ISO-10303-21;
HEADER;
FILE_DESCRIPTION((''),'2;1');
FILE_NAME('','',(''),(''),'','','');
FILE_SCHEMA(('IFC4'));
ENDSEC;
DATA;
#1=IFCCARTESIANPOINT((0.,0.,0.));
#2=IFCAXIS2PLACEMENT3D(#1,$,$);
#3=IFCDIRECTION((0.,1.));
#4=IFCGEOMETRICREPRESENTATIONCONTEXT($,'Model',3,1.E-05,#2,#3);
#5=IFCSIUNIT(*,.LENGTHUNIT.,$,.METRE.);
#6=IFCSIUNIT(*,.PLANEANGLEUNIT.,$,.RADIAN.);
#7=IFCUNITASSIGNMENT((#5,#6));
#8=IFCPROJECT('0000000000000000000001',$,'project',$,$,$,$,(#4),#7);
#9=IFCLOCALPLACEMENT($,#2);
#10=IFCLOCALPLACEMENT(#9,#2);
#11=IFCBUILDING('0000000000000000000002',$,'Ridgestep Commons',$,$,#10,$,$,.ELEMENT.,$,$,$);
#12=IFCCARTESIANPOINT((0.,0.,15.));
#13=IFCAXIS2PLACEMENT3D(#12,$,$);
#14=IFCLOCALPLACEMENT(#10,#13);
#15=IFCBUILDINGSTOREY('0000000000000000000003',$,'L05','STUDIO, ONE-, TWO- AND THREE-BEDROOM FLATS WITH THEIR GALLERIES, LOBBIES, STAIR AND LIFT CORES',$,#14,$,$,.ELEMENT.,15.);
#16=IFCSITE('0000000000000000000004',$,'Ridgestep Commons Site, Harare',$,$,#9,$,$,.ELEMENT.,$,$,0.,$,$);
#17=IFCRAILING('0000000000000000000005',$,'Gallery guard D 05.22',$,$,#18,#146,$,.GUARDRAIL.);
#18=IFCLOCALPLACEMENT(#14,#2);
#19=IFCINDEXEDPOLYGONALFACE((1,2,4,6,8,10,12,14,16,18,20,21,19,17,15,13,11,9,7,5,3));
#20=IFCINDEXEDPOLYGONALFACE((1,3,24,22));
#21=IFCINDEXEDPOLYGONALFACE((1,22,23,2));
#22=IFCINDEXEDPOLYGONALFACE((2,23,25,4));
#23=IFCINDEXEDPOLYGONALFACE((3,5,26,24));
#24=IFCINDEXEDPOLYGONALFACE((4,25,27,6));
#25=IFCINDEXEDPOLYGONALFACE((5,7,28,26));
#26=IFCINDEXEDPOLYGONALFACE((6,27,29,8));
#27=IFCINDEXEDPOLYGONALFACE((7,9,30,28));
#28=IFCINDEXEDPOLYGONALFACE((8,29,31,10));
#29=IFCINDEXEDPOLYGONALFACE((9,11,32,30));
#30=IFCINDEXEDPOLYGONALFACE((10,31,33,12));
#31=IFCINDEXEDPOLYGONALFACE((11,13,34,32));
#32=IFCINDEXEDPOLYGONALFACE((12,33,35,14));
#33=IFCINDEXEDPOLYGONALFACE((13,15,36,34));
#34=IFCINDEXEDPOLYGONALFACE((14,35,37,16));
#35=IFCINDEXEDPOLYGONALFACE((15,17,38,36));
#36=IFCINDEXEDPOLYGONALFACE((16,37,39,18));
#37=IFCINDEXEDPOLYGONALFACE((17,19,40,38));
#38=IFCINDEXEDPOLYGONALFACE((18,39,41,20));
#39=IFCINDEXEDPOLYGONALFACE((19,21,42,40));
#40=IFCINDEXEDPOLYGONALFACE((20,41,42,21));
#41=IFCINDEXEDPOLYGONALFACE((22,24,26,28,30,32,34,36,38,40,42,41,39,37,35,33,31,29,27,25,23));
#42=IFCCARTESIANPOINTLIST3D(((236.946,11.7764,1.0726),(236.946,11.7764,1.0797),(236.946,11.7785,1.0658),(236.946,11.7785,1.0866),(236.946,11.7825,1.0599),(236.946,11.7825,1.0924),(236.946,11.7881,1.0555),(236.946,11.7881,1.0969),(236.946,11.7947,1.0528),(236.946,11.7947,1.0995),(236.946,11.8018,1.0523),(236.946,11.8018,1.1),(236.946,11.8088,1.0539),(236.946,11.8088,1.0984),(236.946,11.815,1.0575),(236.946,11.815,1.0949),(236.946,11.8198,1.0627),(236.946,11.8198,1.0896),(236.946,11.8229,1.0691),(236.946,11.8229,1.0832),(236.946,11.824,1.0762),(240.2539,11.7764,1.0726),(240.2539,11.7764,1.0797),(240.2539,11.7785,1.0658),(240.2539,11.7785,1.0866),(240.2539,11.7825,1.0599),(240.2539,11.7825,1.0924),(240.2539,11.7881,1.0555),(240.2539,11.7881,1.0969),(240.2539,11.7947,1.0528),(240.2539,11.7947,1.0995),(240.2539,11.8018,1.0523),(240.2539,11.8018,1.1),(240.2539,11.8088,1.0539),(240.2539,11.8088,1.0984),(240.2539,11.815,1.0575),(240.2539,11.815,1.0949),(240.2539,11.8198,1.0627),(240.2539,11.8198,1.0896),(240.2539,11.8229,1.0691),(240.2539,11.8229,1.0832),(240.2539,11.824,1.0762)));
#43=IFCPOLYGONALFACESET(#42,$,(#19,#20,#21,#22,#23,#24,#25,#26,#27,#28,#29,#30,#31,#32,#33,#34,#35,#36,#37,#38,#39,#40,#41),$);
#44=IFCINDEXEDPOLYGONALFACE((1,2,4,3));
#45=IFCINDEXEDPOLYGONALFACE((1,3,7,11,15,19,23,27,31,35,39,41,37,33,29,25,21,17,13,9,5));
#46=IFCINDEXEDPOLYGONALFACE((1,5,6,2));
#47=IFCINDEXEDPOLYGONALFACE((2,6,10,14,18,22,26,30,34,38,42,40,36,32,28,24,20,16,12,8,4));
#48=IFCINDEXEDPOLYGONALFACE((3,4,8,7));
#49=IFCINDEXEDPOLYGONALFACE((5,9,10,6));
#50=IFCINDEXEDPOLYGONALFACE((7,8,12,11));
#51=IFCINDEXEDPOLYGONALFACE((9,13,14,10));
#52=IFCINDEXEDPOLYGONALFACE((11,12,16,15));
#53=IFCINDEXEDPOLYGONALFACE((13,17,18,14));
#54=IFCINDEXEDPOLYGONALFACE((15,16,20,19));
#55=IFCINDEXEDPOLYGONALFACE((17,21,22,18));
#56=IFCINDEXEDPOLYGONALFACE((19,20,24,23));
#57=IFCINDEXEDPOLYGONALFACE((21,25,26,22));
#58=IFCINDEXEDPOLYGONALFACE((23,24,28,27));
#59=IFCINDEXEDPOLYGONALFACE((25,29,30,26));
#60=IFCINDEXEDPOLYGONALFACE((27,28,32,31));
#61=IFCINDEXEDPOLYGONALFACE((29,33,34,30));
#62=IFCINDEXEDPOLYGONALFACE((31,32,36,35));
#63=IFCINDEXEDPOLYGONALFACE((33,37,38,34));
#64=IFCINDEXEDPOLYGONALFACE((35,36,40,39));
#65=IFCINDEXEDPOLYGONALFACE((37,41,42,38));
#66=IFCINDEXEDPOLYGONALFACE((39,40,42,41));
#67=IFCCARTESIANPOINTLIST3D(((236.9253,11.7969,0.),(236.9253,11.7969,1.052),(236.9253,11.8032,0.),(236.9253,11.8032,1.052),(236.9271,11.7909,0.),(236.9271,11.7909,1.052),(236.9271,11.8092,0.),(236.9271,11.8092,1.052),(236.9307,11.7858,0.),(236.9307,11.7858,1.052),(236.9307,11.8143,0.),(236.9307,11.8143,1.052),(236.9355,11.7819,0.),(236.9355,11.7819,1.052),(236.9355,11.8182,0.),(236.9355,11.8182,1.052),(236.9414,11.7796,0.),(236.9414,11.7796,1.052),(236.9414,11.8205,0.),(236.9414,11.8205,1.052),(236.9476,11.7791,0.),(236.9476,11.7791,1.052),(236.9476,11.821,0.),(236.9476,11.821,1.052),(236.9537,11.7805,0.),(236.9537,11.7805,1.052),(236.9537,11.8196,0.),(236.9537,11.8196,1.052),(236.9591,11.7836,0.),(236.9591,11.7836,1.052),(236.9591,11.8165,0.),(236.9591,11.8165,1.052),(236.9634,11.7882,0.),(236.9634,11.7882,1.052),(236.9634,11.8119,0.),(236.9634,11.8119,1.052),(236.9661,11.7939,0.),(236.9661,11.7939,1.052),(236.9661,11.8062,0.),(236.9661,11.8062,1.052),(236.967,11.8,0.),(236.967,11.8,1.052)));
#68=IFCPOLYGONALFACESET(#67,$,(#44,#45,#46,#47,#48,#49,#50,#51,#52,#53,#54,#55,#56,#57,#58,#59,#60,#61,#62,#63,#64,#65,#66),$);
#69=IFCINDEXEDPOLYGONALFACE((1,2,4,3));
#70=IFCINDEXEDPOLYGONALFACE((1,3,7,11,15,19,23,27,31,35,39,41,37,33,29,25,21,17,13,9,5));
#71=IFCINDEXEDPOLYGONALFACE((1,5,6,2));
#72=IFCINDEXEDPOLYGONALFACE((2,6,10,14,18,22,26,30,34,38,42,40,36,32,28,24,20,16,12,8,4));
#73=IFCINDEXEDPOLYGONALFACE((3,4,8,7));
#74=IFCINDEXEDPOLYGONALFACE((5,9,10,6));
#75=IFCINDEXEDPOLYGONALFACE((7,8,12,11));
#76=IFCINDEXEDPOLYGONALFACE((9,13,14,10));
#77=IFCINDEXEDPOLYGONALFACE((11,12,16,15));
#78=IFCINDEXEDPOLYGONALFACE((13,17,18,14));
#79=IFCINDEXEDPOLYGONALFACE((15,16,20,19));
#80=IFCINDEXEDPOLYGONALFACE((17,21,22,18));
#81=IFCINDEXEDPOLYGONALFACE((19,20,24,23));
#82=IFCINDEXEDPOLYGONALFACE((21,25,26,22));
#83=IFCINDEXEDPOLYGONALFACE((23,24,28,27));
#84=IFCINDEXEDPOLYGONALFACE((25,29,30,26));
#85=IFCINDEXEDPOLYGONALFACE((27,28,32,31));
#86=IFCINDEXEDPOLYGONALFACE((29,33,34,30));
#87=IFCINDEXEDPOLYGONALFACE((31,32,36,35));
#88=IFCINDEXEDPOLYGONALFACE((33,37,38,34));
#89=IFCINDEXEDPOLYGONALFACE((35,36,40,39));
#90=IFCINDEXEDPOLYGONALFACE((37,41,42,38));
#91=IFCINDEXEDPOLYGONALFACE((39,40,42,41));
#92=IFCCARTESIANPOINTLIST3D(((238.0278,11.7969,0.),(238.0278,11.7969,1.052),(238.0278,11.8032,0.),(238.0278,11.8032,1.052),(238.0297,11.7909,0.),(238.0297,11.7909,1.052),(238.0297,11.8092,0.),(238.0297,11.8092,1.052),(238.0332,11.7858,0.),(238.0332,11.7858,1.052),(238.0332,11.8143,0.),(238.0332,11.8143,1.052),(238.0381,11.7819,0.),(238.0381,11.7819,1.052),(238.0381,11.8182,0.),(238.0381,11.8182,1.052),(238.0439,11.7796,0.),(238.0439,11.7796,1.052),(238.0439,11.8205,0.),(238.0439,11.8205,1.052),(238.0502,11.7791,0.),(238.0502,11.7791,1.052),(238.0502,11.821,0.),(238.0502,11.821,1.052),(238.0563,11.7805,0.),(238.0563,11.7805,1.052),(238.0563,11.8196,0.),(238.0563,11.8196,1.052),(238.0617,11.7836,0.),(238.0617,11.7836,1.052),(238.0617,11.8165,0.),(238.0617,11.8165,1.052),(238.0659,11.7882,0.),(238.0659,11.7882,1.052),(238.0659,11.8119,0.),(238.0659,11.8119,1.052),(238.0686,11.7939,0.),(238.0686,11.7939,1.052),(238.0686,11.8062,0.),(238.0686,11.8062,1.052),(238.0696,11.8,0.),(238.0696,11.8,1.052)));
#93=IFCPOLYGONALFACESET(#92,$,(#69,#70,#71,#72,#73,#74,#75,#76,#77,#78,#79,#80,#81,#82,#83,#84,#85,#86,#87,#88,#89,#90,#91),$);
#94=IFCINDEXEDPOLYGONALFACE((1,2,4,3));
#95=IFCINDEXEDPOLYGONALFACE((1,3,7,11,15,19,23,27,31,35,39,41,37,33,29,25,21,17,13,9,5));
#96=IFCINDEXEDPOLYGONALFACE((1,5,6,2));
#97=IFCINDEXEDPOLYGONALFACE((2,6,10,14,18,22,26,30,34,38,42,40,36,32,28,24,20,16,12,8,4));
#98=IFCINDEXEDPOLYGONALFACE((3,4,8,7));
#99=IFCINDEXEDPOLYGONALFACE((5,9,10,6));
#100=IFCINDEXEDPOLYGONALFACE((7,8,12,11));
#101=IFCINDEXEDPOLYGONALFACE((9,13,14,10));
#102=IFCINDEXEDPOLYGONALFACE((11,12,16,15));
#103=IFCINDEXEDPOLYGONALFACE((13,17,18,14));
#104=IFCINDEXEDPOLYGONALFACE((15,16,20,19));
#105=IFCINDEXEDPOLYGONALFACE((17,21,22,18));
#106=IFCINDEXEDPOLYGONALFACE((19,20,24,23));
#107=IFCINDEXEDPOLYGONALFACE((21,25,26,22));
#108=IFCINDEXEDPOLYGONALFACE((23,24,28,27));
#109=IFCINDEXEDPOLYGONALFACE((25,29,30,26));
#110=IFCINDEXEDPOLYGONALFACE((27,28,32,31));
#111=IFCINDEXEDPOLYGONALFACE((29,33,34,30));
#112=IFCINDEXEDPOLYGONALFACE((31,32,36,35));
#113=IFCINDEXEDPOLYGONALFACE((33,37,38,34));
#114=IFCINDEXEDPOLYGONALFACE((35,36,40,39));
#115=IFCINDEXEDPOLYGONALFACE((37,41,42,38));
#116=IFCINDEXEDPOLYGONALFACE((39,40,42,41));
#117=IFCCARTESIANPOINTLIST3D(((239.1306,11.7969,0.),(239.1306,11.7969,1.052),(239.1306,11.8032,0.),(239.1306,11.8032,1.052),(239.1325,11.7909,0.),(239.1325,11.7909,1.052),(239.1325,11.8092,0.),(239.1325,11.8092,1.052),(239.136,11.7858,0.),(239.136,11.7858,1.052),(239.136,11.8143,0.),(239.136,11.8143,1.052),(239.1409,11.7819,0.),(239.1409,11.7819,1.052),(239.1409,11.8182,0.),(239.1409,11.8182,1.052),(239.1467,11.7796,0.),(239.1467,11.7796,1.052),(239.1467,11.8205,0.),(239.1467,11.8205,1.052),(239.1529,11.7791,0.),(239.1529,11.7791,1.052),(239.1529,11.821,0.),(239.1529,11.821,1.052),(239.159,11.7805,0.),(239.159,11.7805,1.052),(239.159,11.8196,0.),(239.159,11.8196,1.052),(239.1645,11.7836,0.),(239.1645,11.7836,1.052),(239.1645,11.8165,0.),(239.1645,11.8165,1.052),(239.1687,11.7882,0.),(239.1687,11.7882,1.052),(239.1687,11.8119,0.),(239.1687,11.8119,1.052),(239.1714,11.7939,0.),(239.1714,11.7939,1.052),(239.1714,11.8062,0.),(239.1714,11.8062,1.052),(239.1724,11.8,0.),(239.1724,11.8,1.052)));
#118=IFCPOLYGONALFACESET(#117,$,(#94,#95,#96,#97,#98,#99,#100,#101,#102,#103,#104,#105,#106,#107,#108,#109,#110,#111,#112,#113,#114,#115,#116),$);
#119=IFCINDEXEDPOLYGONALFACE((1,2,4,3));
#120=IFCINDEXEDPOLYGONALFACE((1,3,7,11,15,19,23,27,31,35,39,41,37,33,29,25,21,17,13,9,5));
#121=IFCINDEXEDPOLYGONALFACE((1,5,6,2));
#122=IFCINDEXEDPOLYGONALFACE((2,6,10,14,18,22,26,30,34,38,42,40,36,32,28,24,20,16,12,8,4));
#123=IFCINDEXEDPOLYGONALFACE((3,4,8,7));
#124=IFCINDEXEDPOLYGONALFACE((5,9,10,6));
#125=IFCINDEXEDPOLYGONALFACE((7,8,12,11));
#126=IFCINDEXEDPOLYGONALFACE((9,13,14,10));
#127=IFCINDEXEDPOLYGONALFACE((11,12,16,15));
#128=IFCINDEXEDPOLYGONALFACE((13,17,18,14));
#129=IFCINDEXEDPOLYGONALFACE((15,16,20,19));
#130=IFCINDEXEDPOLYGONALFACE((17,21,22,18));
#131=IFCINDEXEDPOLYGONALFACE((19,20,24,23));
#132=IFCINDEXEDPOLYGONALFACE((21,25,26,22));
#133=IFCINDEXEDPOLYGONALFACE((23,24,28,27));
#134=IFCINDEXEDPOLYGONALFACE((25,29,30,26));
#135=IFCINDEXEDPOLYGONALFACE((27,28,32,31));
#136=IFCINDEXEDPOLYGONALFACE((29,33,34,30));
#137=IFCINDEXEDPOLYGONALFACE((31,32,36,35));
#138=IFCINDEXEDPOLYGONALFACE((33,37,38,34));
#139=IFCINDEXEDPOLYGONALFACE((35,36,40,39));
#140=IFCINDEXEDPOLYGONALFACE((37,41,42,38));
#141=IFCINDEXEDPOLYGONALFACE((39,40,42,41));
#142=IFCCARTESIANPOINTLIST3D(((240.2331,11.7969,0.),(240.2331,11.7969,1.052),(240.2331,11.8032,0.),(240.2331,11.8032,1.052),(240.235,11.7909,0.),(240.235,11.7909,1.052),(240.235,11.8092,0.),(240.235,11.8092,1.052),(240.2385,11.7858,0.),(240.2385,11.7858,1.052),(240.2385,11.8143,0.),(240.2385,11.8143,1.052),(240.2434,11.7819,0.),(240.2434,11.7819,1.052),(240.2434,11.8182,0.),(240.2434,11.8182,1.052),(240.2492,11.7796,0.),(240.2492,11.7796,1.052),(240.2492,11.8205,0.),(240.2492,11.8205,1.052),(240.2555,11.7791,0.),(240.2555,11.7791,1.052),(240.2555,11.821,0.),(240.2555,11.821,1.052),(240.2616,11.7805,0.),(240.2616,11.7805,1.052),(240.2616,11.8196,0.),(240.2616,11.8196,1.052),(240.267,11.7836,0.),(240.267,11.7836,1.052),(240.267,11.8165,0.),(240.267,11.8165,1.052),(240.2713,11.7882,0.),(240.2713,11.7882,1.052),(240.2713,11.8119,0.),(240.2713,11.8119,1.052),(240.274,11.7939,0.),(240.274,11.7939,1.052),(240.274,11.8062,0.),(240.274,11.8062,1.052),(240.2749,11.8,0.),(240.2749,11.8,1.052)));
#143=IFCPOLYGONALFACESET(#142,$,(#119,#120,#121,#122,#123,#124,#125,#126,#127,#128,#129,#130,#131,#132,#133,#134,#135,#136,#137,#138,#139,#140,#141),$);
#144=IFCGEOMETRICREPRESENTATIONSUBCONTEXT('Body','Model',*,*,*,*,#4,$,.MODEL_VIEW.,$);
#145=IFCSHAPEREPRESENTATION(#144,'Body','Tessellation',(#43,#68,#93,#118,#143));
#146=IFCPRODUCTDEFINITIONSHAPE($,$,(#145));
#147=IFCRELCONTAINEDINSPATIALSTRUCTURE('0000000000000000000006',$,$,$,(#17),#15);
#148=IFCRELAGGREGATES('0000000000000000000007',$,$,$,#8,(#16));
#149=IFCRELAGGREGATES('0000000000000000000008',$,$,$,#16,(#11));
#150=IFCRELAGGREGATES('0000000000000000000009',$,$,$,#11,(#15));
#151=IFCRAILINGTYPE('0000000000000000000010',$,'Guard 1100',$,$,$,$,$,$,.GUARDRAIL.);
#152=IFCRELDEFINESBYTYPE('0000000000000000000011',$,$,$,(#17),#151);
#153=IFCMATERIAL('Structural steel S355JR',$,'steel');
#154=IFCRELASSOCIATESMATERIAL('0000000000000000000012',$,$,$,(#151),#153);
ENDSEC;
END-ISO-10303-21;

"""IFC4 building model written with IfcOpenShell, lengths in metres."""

from ifc_helpers import new_model, si_unit, direction, frame, origin, origin_2d, place, context, subcontext, project, spatial, circle, extrude, material, type_object, element, save


model = new_model("IFC4")

# Units and contexts
model_context = context("Model", 3, precision=1e-05, world=origin(), true_north=direction((0.0, 1.0)))
body_context = subcontext(model_context, "Body", "Model", "MODEL_VIEW")
ifc_project = project(units=[si_unit("LENGTHUNIT", "METRE"), si_unit("PLANEANGLEUNIT", "RADIAN")], contexts=[model_context])

# Site, building, storey
site_placement = place(None, origin())
site = spatial("IfcSite", under=ifc_project, at=site_placement, Name="Ridgestep Commons Site, Harare", CompositionType="ELEMENT", RefElevation=0.0)
building_placement = place(site_placement, origin())
building = spatial("IfcBuilding", under=site, at=building_placement, Name="Ridgestep Commons", CompositionType="ELEMENT")
storey_placement = place(building_placement, frame((0.0, 0.0, 15.0)))
storey = spatial("IfcBuildingStorey", under=building, at=storey_placement, Name="L05", Description="STUDIO, ONE-, TWO- AND THREE-BEDROOM FLATS WITH THEIR GALLERIES, LOBBIES, STAIR AND LIFT CORES", CompositionType="ELEMENT", Elevation=15.0)

# Railing
ifc_material_1 = material(Name="Structural steel S355JR", Category="steel")
railing_type = type_object("IfcRailingType", Name="Guard 1100", PredefinedType="GUARDRAIL", material=ifc_material_1)
railing_1_placement = place(storey_placement, frame((236.946, 11.8, 0.0)))
element("IfcRailing", 1, at=railing_1_placement, inside=storey, type_object=railing_type, Name="Gallery guard D 05.22", PredefinedType="GUARDRAIL", context=body_context, shape_type="SweptSolid", body=[
    extrude(circle(Radius=0.0239, at=origin_2d()), frame((0.0, 0.0, 1.0762), z_axis=(1.0, 0.0, 0.0), x_axis=(0.0, 1.0, 0.0)), (0.0, 0.0, 1.0), 3.3079),
    extrude(circle(Radius=0.021, at=origin_2d()), origin(), (0.0, 0.0, 1.0), 1.052),
    extrude(circle(Radius=0.021, at=origin_2d()), frame((1.1025, 0.0, 0.0)), (0.0, 0.0, 1.0), 1.052),
    extrude(circle(Radius=0.021, at=origin_2d()), frame((2.2053, 0.0, 0.0)), (0.0, 0.0, 1.0), 1.052),
    extrude(circle(Radius=0.021, at=origin_2d()), frame((3.3079, 0.0, 0.0)), (0.0, 0.0, 1.0), 1.052),
])

save(model, "model.ifc")
